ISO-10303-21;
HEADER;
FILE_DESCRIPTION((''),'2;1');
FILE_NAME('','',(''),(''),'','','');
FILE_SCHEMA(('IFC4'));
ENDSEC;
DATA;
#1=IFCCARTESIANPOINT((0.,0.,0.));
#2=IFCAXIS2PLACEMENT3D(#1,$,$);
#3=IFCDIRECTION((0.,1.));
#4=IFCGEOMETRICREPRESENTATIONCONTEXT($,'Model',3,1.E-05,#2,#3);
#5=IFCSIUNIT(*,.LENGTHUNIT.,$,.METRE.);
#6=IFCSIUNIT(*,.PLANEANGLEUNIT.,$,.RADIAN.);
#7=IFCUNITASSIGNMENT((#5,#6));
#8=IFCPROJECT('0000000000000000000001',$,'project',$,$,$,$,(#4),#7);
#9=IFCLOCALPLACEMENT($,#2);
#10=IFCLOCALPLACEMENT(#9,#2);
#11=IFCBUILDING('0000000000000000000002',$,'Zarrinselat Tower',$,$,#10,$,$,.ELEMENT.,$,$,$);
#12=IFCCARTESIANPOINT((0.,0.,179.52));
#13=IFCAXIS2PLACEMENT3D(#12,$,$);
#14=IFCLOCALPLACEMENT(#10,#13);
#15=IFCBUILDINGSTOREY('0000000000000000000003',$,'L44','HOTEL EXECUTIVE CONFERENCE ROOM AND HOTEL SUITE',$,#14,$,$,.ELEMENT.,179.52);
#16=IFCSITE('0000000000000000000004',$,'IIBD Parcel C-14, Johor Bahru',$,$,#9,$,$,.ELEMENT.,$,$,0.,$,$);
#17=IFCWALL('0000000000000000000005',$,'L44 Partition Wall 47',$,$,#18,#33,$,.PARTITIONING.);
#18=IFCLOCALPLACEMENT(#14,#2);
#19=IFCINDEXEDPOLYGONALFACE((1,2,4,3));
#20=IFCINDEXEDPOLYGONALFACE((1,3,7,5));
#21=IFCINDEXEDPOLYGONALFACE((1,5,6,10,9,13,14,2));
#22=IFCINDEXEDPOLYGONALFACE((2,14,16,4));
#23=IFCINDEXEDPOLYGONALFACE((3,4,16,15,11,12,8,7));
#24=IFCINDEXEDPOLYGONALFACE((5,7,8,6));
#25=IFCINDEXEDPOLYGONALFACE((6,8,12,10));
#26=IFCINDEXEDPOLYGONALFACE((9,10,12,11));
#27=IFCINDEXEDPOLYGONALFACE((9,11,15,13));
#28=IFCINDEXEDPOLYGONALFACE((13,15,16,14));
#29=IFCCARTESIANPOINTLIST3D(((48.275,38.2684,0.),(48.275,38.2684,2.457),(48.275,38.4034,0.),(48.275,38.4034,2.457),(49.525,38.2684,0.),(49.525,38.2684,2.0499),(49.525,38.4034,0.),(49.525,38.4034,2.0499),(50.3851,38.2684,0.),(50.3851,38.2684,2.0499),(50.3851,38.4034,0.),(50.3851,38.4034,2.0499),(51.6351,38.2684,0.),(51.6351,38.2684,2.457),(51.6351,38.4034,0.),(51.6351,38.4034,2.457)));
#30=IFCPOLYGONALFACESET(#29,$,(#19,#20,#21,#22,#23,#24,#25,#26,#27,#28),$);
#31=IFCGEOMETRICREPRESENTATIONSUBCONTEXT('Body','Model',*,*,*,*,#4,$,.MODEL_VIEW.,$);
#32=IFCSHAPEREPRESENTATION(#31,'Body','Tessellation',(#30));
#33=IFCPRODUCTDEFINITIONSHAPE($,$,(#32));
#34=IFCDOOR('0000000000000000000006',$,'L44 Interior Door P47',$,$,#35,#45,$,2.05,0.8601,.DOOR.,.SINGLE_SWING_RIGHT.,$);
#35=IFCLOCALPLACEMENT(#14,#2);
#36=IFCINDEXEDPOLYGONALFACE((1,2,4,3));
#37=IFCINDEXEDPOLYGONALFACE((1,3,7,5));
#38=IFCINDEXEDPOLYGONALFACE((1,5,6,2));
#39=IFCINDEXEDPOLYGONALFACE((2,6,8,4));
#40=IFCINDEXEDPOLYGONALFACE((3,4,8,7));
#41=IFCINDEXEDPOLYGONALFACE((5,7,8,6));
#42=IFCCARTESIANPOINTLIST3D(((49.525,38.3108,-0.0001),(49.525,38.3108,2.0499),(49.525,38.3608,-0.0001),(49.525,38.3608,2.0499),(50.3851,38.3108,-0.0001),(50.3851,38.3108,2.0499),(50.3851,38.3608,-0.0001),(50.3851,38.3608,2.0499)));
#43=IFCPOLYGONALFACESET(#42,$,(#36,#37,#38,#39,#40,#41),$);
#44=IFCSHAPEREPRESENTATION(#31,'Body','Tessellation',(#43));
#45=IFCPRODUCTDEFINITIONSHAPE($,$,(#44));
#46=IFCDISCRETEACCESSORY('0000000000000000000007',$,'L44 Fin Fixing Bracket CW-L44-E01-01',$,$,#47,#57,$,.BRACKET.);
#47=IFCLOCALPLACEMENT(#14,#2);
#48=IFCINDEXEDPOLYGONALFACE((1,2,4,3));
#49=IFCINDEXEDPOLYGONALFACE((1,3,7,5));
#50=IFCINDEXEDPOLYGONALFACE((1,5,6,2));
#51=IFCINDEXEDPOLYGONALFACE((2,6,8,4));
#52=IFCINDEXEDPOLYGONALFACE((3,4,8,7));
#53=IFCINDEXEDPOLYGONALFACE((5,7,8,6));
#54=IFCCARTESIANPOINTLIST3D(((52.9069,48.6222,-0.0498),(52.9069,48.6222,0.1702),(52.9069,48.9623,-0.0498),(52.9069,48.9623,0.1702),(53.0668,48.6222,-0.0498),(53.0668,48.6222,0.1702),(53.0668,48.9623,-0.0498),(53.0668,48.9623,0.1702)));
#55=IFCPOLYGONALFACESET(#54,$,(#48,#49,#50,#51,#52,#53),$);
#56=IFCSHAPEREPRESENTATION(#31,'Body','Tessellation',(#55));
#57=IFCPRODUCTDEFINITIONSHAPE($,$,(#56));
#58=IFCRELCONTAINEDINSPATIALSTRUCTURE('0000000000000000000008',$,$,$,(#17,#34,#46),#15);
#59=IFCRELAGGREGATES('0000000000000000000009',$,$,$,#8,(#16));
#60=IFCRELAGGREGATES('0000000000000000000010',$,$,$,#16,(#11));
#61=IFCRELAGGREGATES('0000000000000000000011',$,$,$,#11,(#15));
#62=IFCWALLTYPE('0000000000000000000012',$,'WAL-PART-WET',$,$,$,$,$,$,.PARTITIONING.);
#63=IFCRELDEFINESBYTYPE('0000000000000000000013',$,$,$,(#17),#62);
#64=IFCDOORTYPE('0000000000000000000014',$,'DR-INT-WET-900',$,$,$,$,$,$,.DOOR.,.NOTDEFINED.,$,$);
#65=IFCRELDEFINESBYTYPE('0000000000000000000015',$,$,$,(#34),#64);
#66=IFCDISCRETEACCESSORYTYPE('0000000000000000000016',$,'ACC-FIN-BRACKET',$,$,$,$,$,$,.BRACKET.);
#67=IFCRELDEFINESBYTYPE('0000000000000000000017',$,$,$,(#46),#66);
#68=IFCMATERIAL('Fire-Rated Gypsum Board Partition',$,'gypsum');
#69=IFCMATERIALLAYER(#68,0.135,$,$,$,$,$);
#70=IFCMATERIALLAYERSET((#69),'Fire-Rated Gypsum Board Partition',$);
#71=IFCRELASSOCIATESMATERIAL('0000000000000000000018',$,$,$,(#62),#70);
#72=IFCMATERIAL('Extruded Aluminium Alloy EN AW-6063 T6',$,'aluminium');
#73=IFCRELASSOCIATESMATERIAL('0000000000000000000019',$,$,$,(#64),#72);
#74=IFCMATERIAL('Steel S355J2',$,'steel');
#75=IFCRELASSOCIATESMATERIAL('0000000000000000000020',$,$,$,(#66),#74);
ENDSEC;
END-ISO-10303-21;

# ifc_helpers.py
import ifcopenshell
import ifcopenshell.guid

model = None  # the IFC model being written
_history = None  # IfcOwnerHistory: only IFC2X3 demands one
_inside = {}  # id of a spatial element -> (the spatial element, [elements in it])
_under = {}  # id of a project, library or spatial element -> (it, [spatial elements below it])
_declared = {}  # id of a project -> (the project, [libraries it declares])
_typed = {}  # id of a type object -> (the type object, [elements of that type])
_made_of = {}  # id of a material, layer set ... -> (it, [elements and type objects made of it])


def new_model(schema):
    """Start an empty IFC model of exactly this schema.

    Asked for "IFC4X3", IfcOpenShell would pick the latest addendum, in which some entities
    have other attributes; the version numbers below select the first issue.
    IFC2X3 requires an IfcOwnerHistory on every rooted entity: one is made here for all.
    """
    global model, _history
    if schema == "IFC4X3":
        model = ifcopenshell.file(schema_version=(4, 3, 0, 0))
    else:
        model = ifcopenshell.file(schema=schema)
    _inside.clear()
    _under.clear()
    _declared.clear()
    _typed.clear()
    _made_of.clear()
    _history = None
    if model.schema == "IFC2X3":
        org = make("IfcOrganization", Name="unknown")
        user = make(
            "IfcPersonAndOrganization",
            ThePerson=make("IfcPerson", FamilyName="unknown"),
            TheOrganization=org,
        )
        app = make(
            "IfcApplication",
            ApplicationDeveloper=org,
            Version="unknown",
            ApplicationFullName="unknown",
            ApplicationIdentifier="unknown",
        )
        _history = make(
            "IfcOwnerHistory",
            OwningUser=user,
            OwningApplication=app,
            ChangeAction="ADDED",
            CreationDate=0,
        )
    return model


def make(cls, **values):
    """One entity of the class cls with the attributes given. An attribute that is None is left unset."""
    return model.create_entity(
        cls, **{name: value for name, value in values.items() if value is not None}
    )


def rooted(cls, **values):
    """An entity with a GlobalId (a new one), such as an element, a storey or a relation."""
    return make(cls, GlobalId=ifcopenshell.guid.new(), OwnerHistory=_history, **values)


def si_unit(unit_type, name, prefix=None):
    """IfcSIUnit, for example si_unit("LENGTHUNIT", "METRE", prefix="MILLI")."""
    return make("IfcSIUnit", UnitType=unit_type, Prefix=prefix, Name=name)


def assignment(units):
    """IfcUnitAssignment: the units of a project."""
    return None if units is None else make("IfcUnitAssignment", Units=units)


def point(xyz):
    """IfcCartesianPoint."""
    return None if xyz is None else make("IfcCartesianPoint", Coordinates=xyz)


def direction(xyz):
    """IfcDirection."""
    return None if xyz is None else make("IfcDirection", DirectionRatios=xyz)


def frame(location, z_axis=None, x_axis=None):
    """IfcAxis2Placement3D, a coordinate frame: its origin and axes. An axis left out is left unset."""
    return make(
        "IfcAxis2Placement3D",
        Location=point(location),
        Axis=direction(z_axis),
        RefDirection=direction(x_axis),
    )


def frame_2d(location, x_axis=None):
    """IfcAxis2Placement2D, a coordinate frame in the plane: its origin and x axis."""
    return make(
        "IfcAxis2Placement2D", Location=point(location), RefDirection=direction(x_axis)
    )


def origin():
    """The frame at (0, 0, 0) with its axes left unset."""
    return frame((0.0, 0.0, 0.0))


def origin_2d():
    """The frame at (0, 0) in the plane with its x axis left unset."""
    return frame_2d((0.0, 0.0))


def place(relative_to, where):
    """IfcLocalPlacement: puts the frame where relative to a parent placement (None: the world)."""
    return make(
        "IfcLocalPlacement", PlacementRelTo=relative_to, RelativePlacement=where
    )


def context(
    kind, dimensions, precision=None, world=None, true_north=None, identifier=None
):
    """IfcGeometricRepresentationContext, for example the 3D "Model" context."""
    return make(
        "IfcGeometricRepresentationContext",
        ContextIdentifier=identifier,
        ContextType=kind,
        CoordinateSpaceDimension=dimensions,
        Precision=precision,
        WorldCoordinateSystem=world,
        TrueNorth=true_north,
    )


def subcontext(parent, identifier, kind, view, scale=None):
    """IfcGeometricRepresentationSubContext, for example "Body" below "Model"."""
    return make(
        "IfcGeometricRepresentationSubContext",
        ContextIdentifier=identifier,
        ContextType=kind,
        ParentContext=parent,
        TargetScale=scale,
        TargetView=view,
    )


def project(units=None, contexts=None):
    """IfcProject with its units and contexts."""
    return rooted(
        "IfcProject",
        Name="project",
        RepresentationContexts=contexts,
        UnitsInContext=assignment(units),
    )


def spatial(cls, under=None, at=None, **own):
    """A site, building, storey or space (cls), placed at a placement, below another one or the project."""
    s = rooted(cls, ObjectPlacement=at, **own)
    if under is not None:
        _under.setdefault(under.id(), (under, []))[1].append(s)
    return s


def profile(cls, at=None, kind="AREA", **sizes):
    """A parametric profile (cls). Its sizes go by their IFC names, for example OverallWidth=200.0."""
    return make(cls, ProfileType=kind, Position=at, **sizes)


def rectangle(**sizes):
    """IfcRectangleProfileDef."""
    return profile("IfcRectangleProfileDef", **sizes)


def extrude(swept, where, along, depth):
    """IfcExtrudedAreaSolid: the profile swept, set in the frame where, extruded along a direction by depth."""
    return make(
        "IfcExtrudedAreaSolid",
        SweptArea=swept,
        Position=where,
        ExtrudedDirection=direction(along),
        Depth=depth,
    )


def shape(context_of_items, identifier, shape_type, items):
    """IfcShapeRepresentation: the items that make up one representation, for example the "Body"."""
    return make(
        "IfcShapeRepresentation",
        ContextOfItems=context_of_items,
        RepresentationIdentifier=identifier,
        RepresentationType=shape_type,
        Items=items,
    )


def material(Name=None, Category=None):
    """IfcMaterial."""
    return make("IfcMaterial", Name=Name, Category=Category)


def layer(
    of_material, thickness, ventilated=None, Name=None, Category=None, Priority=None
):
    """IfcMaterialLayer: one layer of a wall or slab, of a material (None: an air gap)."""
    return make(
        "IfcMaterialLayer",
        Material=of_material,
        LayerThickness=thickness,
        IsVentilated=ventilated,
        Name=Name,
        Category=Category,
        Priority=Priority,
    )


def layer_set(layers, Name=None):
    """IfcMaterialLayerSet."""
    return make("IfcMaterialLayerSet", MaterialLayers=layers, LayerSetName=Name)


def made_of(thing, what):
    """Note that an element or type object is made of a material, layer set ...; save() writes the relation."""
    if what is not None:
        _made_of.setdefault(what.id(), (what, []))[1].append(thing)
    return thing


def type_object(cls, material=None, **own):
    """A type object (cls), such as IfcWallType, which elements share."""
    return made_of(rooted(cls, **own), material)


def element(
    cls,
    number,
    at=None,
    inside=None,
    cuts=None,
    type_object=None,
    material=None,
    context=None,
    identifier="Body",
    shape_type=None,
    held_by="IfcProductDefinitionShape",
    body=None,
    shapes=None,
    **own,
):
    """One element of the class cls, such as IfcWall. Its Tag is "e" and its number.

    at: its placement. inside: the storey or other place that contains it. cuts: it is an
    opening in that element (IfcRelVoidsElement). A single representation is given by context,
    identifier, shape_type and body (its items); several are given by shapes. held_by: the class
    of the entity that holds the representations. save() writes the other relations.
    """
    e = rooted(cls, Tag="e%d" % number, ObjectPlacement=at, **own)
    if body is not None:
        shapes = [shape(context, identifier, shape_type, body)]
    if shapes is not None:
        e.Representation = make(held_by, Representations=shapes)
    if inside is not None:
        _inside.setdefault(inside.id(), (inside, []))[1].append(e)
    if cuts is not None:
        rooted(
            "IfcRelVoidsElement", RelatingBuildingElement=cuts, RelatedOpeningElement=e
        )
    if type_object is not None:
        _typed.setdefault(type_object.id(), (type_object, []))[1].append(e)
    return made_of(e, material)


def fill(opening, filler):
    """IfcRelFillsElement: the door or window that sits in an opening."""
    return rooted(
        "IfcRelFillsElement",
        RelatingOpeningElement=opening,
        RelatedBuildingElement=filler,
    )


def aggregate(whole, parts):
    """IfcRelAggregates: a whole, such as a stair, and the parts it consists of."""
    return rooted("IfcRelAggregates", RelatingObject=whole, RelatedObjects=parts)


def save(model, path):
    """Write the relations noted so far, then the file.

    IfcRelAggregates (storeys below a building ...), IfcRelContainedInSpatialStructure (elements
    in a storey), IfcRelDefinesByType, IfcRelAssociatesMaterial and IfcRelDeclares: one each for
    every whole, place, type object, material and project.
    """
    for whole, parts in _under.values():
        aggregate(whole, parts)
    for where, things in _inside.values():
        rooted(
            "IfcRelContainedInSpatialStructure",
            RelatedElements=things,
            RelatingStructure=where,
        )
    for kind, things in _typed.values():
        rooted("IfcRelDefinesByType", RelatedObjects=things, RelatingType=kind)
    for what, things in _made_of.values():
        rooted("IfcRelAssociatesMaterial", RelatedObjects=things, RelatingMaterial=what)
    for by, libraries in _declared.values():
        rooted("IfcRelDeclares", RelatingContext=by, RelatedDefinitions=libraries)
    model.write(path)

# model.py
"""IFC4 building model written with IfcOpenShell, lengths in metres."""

from ifc_helpers import new_model, si_unit, direction, frame, frame_2d, origin, origin_2d, place, context, subcontext, project, spatial, rectangle, extrude, material, layer, layer_set, type_object, element, fill, save


model = new_model("IFC4")

# Units and contexts
model_context = context("Model", 3, precision=1e-05, world=origin(), true_north=direction((0.0, 1.0)))
body_context = subcontext(model_context, "Body", "Model", "MODEL_VIEW")
ifc_project = project(units=[si_unit("LENGTHUNIT", "METRE"), si_unit("PLANEANGLEUNIT", "RADIAN")], contexts=[model_context])

# Site, building, storey
site_placement = place(None, origin())
site = spatial("IfcSite", under=ifc_project, at=site_placement, Name="IIBD Parcel C-14, Johor Bahru", CompositionType="ELEMENT", RefElevation=0.0)
building_placement = place(site_placement, origin())
building = spatial("IfcBuilding", under=site, at=building_placement, Name="Zarrinselat Tower", CompositionType="ELEMENT")
storey_placement = place(building_placement, frame((0.0, 0.0, 179.52)))
storey = spatial("IfcBuildingStorey", under=building, at=storey_placement, Name="L44", Description="HOTEL EXECUTIVE CONFERENCE ROOM AND HOTEL SUITE", CompositionType="ELEMENT", Elevation=179.52)

# Wall, opening, door
ifc_material_1 = material(Name="Fire-Rated Gypsum Board Partition", Category="gypsum")
ifc_layer_1 = layer(ifc_material_1, 0.135)
ifc_layer_set_1 = layer_set([ifc_layer_1], Name="Fire-Rated Gypsum Board Partition")
wall_type_1 = type_object("IfcWallType", Name="WAL-PART-WET", PredefinedType="PARTITIONING", material=ifc_layer_set_1)
wall_1_placement = place(storey_placement, frame((48.2749, 38.3359, 0.0), z_axis=(0.0, 0.0, 1.0), x_axis=(1.0, 0.0, 0.0)))
wall_1 = element("IfcWall", 1, at=wall_1_placement, inside=storey, type_object=wall_type_1, Name="L44 Partition Wall 47", PredefinedType="PARTITIONING", context=body_context, shape_type="SweptSolid", body=[
    extrude(rectangle(XDim=3.3601, YDim=0.135, at=frame_2d((1.6802, 0.0))), origin(), (0.0, 0.0, 1.0), 2.457),
])
opening_1_placement = place(wall_1_placement, frame((1.25, 0.0, 0.0)))
opening_1 = element("IfcOpeningElement", 2, at=opening_1_placement, cuts=wall_1, PredefinedType="OPENING", context=body_context, shape_type="SweptSolid", body=[
    extrude(rectangle(XDim=0.8601, YDim=2.05, at=frame_2d((0.4302, 1.0249))), frame((0.0, 0.0774, 0.0), z_axis=(0.0, -1.0, 0.0), x_axis=(1.0, 0.0, 0.0)), (0.0, 0.0, 1.0), 0.155),
])
ifc_material_2 = material(Name="Extruded Aluminium Alloy EN AW-6063 T6", Category="aluminium")
door_type_1 = type_object("IfcDoorType", Name="DR-INT-WET-900", OperationType="NOTDEFINED", PredefinedType="DOOR", material=ifc_material_2)
door_1_placement = place(opening_1_placement, origin())
door_1 = element("IfcDoor", 3, at=door_1_placement, inside=storey, type_object=door_type_1, Name="L44 Interior Door P47", OperationType="SINGLE_SWING_RIGHT", OverallHeight=2.05, OverallWidth=0.8601, PredefinedType="DOOR", context=body_context, shape_type="SweptSolid", body=[
    extrude(rectangle(XDim=0.8601, YDim=2.05, at=frame_2d((0.4302, 1.0249))), frame((0.0, 0.0249, 0.0), z_axis=(0.0, -1.0, 0.0), x_axis=(1.0, 0.0, 0.0)), (0.0, 0.0, 1.0), 0.05),
])
fill(opening_1, door_1)

# Discrete accessory
ifc_material_3 = material(Name="Steel S355J2", Category="steel")
discrete_accessory_type = type_object("IfcDiscreteAccessoryType", Name="ACC-FIN-BRACKET", PredefinedType="BRACKET", material=ifc_material_3)
discrete_accessory_placement = place(storey_placement, frame((52.9868, 48.7922, -0.0498), z_axis=(0.0, 0.0, 1.0), x_axis=(0.0, 1.0, 0.0)))
element("IfcDiscreteAccessory", 4, at=discrete_accessory_placement, inside=storey, type_object=discrete_accessory_type, Name="L44 Fin Fixing Bracket CW-L44-E01-01", PredefinedType="BRACKET", context=body_context, shape_type="SweptSolid", body=[
    extrude(rectangle(XDim=0.3401, YDim=0.1599, at=origin_2d()), origin(), (0.0, 0.0, 1.0), 0.22),
])

save(model, "model.ifc")
